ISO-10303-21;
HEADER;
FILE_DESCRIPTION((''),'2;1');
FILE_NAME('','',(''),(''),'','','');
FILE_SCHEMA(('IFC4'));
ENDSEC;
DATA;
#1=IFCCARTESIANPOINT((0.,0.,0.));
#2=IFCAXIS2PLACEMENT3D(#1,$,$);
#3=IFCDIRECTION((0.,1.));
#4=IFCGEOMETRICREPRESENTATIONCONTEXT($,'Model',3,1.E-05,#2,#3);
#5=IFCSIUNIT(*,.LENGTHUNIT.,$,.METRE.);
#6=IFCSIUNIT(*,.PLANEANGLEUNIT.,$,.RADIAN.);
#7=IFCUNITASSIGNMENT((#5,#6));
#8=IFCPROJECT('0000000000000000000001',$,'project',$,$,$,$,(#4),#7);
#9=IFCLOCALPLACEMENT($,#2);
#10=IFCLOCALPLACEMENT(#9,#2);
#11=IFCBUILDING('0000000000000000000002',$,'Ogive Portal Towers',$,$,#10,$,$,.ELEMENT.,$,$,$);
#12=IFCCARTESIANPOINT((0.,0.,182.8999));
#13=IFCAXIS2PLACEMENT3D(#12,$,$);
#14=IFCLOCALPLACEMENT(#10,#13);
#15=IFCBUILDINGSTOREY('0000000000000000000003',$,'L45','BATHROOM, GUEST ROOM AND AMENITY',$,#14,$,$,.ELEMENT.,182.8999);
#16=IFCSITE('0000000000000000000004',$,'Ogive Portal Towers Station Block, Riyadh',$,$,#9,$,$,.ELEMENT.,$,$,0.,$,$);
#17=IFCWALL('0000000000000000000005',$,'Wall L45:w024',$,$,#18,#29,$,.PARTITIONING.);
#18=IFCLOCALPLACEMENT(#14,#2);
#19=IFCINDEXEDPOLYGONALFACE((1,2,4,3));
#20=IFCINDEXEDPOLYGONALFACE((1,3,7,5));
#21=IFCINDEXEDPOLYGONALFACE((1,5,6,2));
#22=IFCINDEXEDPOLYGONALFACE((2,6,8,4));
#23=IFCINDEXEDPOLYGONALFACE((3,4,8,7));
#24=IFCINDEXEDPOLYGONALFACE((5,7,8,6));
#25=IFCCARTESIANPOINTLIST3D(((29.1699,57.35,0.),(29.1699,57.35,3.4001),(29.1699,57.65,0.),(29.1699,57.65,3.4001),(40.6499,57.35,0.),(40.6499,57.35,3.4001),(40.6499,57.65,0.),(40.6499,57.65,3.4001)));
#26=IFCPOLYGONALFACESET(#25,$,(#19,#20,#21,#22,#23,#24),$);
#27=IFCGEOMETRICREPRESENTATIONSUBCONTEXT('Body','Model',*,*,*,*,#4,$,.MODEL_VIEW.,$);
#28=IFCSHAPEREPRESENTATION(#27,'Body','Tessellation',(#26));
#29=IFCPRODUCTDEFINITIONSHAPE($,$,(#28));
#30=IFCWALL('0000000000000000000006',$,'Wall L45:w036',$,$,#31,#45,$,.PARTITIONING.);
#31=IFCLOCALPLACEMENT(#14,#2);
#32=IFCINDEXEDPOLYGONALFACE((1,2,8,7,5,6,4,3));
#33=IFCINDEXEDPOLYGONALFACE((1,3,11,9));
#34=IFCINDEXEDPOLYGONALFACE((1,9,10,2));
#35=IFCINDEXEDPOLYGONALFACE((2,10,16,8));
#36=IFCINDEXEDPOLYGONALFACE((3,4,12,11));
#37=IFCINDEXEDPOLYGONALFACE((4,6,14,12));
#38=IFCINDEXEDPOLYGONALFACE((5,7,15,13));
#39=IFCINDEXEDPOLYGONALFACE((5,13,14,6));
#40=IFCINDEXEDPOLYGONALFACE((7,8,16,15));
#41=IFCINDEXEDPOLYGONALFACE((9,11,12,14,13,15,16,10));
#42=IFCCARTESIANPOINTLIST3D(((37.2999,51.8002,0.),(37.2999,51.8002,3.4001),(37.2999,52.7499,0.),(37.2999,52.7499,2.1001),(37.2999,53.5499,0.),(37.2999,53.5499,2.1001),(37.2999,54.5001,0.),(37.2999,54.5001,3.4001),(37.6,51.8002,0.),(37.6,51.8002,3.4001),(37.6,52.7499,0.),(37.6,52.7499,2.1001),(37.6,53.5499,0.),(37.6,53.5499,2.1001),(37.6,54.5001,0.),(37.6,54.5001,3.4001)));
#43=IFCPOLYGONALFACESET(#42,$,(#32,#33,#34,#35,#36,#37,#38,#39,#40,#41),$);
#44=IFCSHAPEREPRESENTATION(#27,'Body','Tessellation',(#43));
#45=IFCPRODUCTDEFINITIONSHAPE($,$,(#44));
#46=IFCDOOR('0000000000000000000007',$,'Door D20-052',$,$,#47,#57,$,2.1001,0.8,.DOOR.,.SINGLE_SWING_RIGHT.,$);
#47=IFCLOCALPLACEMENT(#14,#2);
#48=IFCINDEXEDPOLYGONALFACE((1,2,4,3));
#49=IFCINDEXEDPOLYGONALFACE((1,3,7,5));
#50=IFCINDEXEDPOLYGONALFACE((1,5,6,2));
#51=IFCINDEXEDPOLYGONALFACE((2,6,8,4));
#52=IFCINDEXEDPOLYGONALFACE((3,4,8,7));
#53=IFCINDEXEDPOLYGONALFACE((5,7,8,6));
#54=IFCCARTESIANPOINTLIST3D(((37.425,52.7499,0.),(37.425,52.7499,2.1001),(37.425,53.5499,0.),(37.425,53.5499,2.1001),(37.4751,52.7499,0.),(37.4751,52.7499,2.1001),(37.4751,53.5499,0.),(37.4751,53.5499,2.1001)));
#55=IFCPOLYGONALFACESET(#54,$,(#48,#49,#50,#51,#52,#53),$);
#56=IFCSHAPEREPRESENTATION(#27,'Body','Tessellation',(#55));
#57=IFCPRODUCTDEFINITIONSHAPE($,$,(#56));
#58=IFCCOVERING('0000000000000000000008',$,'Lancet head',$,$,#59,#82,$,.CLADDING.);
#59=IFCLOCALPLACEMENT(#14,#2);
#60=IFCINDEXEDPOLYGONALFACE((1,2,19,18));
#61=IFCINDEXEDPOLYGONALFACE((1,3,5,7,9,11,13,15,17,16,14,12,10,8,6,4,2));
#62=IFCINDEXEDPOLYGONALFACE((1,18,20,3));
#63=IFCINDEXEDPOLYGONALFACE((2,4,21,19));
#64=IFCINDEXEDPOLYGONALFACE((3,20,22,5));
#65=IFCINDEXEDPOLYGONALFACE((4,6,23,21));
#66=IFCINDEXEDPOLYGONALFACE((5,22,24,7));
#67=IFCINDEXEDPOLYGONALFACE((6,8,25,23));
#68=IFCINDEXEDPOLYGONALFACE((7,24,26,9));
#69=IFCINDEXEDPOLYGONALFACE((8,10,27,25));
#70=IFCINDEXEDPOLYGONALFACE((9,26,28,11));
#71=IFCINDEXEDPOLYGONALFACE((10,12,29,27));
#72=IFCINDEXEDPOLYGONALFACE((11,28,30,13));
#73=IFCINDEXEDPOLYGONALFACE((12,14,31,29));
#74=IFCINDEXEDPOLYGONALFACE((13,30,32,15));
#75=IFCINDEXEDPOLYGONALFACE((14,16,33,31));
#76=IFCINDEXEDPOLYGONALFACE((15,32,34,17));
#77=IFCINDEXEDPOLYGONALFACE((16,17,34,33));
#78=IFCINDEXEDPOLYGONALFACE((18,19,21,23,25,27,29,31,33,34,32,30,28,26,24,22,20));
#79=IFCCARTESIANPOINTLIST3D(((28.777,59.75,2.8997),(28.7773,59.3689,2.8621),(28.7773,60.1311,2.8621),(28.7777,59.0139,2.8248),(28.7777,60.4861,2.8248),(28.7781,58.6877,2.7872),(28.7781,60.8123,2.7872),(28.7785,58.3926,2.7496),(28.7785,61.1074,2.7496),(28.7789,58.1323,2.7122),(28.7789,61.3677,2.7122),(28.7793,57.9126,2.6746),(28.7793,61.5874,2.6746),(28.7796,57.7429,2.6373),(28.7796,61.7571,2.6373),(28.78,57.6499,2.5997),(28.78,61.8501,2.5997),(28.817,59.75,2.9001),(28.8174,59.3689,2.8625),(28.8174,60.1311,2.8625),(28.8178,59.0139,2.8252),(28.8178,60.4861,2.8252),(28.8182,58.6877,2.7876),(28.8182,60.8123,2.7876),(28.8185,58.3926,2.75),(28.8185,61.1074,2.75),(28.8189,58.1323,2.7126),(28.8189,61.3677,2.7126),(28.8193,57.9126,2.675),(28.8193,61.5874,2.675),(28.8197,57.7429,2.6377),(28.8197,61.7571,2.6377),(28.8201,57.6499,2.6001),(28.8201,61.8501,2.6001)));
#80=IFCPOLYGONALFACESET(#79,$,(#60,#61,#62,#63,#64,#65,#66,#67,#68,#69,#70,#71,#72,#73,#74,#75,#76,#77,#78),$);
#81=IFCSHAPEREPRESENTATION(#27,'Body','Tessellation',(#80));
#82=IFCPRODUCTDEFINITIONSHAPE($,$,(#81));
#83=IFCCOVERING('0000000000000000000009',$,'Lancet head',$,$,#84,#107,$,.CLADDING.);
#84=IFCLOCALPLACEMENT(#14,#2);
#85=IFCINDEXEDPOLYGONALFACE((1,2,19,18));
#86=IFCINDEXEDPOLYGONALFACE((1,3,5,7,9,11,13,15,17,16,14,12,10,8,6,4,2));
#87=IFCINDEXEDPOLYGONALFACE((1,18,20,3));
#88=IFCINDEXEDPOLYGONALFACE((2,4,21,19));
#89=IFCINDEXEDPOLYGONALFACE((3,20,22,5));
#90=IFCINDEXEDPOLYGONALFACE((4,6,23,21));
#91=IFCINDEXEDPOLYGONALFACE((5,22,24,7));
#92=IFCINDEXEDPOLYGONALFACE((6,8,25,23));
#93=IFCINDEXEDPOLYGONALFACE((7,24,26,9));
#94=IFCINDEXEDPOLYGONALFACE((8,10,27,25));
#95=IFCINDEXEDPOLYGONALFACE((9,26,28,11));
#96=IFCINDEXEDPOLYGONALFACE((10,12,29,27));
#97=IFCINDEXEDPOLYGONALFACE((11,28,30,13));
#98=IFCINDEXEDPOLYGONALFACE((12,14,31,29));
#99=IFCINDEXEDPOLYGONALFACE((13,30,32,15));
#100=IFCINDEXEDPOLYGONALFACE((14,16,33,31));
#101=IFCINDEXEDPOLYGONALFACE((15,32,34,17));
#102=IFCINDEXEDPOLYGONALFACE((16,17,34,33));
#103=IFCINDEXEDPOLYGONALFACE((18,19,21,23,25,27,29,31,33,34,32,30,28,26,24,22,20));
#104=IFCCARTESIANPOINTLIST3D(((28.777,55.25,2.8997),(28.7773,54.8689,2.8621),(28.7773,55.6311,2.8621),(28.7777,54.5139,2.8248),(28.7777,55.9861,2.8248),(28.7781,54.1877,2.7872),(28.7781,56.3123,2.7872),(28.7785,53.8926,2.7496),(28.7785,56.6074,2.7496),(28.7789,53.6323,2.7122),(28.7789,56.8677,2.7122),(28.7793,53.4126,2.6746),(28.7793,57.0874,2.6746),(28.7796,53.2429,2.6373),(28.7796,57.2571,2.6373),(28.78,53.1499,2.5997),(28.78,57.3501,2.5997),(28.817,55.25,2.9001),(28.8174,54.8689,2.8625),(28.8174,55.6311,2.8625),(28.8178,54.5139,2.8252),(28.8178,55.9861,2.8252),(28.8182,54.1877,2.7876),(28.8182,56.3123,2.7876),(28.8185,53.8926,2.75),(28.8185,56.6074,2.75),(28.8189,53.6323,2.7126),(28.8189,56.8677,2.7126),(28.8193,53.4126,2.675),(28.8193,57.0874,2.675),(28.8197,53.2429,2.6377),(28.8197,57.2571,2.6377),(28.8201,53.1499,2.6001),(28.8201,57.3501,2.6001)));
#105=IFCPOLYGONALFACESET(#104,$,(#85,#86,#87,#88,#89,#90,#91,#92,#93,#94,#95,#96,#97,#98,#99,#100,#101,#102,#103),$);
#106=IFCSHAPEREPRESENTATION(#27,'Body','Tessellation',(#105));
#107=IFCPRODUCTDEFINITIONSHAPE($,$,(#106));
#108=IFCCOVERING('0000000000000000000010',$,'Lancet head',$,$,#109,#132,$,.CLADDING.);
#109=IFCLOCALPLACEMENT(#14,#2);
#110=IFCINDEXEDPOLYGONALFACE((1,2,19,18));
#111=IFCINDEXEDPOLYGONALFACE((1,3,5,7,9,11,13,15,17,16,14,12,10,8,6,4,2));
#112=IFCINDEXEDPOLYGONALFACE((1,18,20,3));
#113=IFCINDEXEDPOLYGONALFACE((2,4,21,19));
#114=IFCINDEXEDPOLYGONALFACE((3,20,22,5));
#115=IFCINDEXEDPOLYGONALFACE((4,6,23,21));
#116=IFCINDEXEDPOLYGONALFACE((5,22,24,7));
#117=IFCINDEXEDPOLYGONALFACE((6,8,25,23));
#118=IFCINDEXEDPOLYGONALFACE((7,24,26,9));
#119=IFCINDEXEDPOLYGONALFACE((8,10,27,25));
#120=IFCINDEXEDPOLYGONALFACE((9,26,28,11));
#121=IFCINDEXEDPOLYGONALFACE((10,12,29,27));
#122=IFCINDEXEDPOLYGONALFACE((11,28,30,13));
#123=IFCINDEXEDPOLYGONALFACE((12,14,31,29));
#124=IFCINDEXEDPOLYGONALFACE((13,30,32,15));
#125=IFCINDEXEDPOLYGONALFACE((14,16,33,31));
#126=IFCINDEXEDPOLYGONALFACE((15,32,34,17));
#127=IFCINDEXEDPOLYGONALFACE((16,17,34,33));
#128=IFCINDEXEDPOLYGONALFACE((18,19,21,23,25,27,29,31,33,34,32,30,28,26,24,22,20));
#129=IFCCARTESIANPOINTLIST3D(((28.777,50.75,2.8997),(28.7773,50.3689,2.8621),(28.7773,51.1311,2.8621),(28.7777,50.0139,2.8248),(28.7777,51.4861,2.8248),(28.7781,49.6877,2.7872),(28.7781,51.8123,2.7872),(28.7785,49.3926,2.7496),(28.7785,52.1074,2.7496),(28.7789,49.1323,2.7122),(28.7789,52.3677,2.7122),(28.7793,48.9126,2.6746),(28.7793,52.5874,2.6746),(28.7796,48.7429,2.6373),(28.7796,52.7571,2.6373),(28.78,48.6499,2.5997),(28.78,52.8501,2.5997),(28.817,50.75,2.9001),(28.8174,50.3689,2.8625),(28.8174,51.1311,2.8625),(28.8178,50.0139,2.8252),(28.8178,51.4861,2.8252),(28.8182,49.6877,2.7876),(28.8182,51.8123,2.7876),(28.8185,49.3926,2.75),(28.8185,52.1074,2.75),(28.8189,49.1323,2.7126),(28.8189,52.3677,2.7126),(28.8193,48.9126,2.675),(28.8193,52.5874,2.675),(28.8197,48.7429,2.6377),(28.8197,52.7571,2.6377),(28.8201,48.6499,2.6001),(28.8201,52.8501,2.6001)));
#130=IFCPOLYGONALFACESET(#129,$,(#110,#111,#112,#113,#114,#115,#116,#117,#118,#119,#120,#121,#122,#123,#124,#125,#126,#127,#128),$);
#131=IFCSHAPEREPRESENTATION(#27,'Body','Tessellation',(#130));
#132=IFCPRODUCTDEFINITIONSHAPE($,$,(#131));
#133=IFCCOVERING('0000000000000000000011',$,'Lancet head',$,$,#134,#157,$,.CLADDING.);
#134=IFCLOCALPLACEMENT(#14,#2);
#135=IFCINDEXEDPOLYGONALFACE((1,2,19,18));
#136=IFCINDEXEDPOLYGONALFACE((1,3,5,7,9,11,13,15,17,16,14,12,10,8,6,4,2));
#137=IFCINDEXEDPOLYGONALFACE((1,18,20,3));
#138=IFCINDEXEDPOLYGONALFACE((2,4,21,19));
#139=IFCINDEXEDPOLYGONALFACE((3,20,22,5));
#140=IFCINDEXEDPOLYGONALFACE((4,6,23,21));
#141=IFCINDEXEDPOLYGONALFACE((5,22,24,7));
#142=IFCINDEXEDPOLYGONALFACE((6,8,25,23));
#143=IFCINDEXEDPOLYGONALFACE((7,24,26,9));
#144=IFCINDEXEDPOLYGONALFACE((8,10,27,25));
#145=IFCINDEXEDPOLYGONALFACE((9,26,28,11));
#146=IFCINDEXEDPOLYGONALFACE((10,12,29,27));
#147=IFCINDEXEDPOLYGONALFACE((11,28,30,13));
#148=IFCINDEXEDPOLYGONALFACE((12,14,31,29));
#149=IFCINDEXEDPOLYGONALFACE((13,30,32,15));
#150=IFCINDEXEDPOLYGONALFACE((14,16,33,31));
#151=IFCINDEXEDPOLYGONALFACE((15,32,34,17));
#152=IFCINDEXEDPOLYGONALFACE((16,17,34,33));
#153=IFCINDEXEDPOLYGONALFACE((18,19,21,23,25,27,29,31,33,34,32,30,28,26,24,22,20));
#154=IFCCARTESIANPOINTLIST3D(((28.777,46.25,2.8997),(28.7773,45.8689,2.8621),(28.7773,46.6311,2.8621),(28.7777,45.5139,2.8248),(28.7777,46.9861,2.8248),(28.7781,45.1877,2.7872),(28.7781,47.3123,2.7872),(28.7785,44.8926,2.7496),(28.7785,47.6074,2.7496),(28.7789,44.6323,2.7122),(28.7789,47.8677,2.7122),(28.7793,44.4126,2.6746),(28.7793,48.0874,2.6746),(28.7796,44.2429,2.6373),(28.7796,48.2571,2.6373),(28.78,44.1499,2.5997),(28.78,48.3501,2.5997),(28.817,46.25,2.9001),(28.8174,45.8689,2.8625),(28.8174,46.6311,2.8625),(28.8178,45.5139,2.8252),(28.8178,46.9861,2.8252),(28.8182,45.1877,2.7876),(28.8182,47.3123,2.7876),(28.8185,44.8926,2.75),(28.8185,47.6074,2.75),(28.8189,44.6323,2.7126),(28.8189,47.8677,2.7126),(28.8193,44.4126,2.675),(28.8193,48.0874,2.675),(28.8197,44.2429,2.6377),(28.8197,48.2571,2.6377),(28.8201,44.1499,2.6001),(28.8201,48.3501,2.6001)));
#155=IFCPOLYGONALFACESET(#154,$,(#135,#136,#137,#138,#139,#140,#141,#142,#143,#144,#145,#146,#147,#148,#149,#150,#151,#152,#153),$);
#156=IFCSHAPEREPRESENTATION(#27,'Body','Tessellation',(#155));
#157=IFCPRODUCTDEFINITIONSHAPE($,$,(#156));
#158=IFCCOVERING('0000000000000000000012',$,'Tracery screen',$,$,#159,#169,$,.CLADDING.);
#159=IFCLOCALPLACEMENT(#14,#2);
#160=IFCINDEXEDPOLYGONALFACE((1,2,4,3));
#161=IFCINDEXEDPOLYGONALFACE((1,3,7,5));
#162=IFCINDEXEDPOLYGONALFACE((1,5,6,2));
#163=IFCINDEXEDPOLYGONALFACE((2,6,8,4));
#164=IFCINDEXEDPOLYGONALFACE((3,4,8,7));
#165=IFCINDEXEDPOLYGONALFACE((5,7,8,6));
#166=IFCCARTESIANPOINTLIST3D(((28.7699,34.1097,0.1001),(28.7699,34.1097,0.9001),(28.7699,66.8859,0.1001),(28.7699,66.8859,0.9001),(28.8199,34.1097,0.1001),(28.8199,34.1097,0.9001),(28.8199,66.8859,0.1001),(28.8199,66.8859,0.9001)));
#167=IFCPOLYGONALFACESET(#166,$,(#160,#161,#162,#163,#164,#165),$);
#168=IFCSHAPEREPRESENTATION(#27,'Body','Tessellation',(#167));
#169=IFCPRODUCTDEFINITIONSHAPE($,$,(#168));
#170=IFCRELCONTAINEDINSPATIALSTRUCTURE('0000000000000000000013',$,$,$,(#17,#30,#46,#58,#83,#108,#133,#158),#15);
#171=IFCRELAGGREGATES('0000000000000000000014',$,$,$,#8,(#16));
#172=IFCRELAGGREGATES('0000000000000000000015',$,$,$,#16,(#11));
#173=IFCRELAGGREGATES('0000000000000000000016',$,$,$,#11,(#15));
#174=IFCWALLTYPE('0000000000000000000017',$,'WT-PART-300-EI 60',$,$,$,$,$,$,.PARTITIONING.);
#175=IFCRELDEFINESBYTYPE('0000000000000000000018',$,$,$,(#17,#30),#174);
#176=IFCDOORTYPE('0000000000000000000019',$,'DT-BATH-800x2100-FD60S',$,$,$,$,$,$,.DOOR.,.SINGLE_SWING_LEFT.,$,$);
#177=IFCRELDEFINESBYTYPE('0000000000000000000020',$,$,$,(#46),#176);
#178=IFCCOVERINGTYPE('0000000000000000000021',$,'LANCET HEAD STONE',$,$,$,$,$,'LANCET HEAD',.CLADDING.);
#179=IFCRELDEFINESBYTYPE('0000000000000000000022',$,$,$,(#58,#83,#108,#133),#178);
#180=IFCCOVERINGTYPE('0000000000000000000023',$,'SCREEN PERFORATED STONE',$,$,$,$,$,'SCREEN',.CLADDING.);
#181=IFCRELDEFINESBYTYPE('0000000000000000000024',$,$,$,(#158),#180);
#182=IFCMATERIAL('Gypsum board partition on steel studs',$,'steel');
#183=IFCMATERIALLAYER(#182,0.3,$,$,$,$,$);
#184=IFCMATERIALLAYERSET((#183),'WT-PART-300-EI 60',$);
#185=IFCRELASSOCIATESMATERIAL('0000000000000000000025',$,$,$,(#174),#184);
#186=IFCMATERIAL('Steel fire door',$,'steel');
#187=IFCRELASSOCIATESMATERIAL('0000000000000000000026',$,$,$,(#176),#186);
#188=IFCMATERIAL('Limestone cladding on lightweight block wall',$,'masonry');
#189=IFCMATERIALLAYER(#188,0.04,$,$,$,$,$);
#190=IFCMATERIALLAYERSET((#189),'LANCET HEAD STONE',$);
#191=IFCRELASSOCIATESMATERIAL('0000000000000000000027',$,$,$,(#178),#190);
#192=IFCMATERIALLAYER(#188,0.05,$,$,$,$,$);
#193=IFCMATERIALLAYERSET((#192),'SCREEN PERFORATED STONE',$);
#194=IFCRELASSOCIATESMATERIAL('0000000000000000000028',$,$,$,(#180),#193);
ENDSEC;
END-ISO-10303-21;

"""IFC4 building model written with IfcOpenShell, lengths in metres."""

from ifc_helpers import new_model, si_unit, direction, frame, frame_2d, origin, origin_2d, place, context, subcontext, project, spatial, polyline, rectangle, outline, extrude, material, layer, layer_set, type_object, element, fill, save


model = new_model("IFC4")

# Units and contexts
model_context = context("Model", 3, precision=1e-05, world=origin(), true_north=direction((0.0, 1.0)))
body_context = subcontext(model_context, "Body", "Model", "MODEL_VIEW")
ifc_project = project(units=[si_unit("LENGTHUNIT", "METRE"), si_unit("PLANEANGLEUNIT", "RADIAN")], contexts=[model_context])

# Site, building, storey
site_placement = place(None, origin())
site = spatial("IfcSite", under=ifc_project, at=site_placement, Name="Ogive Portal Towers Station Block, Riyadh", CompositionType="ELEMENT", RefElevation=0.0)
building_placement = place(site_placement, origin())
building = spatial("IfcBuilding", under=site, at=building_placement, Name="Ogive Portal Towers", CompositionType="ELEMENT")
storey_placement = place(building_placement, frame((0.0, 0.0, 182.8999)))
storey = spatial("IfcBuildingStorey", under=building, at=storey_placement, Name="L45", Description="BATHROOM, GUEST ROOM AND AMENITY", CompositionType="ELEMENT", Elevation=182.8999)

# Shared definitions
ifc_material_1 = material(Name="Steel fire door", Category="steel")

# Wall
ifc_material_2 = material(Name="Gypsum board partition on steel studs", Category="steel")
ifc_layer_1 = layer(ifc_material_2, 0.3)
ifc_layer_set_1 = layer_set([ifc_layer_1], Name="WT-PART-300-EI 60")
wall_type_1 = type_object("IfcWallType", Name="WT-PART-300-EI 60", PredefinedType="PARTITIONING", material=ifc_layer_set_1)
wall_1_placement = place(storey_placement, frame((29.1699, 57.5, 0.0), z_axis=(0.0, 0.0, 1.0), x_axis=(1.0, 0.0, 0.0)))
element("IfcWall", 1, at=wall_1_placement, inside=storey, type_object=wall_type_1, Name="Wall L45:w024", PredefinedType="PARTITIONING", context=body_context, shape_type="SweptSolid", body=[
    extrude(rectangle(XDim=11.48, YDim=0.3, at=frame_2d((5.74, 0.0))), origin(), (0.0, 0.0, 1.0), 3.4001),
])

# Wall, opening, door
wall_2_placement = place(storey_placement, frame((37.45, 51.8, 0.0), z_axis=(0.0, 0.0, 1.0), x_axis=(0.0, 1.0, 0.0)))
wall_2 = element("IfcWall", 2, at=wall_2_placement, inside=storey, type_object=wall_type_1, Name="Wall L45:w036", PredefinedType="PARTITIONING", context=body_context, shape_type="SweptSolid", body=[
    extrude(rectangle(XDim=2.7, YDim=0.3, at=frame_2d((1.3501, 0.0))), origin(), (0.0, 0.0, 1.0), 3.4001),
])
opening_1_placement = place(wall_2_placement, frame((0.95, 0.0, 0.0)))
opening_1 = element("IfcOpeningElement", 3, at=opening_1_placement, cuts=wall_2, PredefinedType="OPENING", context=body_context, shape_type="SweptSolid", body=[
    extrude(rectangle(XDim=0.8, YDim=2.1001, at=frame_2d((0.3999, 1.05))), frame((0.0, 0.1602, 0.0), z_axis=(0.0, -1.0, 0.0), x_axis=(1.0, 0.0, 0.0)), (0.0, 0.0, 1.0), 0.3201),
])
door_type_1 = type_object("IfcDoorType", Name="DT-BATH-800x2100-FD60S", OperationType="SINGLE_SWING_LEFT", PredefinedType="DOOR", material=ifc_material_1)
door_1_placement = place(opening_1_placement, origin())
door_1 = element("IfcDoor", 4, at=door_1_placement, inside=storey, type_object=door_type_1, Name="Door D20-052", OperationType="SINGLE_SWING_RIGHT", OverallHeight=2.1001, OverallWidth=0.8, PredefinedType="DOOR", context=body_context, shape_type="SweptSolid", body=[
    extrude(rectangle(XDim=0.8, YDim=2.1001, at=frame_2d((0.3999, 1.05))), frame((0.0, 0.0249, 0.0), z_axis=(0.0, -1.0, 0.0), x_axis=(1.0, 0.0, 0.0)), (0.0, 0.0, 1.0), 0.05),
])
fill(opening_1, door_1)

# Coverings
ifc_material_3 = material(Name="Limestone cladding on lightweight block wall", Category="masonry")
ifc_layer_2 = layer(ifc_material_3, 0.04)
ifc_layer_set_2 = layer_set([ifc_layer_2], Name="LANCET HEAD STONE")
covering_type_1 = type_object("IfcCoveringType", Name="LANCET HEAD STONE", ElementType="LANCET HEAD", PredefinedType="CLADDING", material=ifc_layer_set_2)
for number, where, z_axis, x_axis, name in (
    (5, (28.8201, 61.8501, 2.6001), (0.999948, 0.0, 0.010228), (0.0, -1.0, 0.0), "Lancet head"),
    (6, (28.8201, 57.3501, 2.6001), (0.999948, 0.0, 0.010228), (0.0, -1.0, 0.0), "Lancet head"),
    (7, (28.8201, 52.8501, 2.6001), (0.999948, 0.0, 0.010228), (0.0, -1.0, 0.0), "Lancet head"),
    (8, (28.8201, 48.3501, 2.6001), (0.999948, 0.0, 0.010228), (0.0, -1.0, 0.0), "Lancet head"),
):
    element("IfcCovering", number, at=place(storey_placement, frame(where, z_axis=z_axis, x_axis=x_axis)), inside=storey, type_object=covering_type_1, Name=name, PredefinedType="CLADDING", context=body_context, shape_type="SweptSolid", body=[
        extrude(outline(polyline([(0.0, 0.0), (4.2002, 0.0), (4.1072, -0.0376), (3.9375, -0.075), (3.7178, -0.1126), (3.4575, -0.1499), (3.1624, -0.1875), (2.8362, -0.2251), (2.4812, -0.2625), (2.1001, -0.3001), (1.719, -0.2625), (1.364, -0.2251), (1.0378, -0.1875), (0.7427, -0.1499), (0.4824, -0.1126), (0.2627, -0.075), (0.093, -0.0376), (0.0, 0.0)])), origin(), (0.0, 0.0, -1.0), 0.04),
    ])
ifc_layer_3 = layer(ifc_material_3, 0.05)
ifc_layer_set_3 = layer_set([ifc_layer_3], Name="SCREEN PERFORATED STONE")
covering_type_2 = type_object("IfcCoveringType", Name="SCREEN PERFORATED STONE", ElementType="SCREEN", PredefinedType="CLADDING", material=ifc_layer_set_3)
covering_placement = place(storey_placement, frame((28.7949, 50.4978, 0.1001), z_axis=(0.0, 0.0, 1.0), x_axis=(0.0, -1.0, 0.0)))
element("IfcCovering", 9, at=covering_placement, inside=storey, type_object=covering_type_2, Name="Tracery screen", PredefinedType="CLADDING", context=body_context, shape_type="SweptSolid", body=[
    extrude(rectangle(XDim=32.7761, YDim=0.05, at=origin_2d()), origin(), (0.0, 0.0, 1.0), 0.8),
])

save(model, "model.ifc")
